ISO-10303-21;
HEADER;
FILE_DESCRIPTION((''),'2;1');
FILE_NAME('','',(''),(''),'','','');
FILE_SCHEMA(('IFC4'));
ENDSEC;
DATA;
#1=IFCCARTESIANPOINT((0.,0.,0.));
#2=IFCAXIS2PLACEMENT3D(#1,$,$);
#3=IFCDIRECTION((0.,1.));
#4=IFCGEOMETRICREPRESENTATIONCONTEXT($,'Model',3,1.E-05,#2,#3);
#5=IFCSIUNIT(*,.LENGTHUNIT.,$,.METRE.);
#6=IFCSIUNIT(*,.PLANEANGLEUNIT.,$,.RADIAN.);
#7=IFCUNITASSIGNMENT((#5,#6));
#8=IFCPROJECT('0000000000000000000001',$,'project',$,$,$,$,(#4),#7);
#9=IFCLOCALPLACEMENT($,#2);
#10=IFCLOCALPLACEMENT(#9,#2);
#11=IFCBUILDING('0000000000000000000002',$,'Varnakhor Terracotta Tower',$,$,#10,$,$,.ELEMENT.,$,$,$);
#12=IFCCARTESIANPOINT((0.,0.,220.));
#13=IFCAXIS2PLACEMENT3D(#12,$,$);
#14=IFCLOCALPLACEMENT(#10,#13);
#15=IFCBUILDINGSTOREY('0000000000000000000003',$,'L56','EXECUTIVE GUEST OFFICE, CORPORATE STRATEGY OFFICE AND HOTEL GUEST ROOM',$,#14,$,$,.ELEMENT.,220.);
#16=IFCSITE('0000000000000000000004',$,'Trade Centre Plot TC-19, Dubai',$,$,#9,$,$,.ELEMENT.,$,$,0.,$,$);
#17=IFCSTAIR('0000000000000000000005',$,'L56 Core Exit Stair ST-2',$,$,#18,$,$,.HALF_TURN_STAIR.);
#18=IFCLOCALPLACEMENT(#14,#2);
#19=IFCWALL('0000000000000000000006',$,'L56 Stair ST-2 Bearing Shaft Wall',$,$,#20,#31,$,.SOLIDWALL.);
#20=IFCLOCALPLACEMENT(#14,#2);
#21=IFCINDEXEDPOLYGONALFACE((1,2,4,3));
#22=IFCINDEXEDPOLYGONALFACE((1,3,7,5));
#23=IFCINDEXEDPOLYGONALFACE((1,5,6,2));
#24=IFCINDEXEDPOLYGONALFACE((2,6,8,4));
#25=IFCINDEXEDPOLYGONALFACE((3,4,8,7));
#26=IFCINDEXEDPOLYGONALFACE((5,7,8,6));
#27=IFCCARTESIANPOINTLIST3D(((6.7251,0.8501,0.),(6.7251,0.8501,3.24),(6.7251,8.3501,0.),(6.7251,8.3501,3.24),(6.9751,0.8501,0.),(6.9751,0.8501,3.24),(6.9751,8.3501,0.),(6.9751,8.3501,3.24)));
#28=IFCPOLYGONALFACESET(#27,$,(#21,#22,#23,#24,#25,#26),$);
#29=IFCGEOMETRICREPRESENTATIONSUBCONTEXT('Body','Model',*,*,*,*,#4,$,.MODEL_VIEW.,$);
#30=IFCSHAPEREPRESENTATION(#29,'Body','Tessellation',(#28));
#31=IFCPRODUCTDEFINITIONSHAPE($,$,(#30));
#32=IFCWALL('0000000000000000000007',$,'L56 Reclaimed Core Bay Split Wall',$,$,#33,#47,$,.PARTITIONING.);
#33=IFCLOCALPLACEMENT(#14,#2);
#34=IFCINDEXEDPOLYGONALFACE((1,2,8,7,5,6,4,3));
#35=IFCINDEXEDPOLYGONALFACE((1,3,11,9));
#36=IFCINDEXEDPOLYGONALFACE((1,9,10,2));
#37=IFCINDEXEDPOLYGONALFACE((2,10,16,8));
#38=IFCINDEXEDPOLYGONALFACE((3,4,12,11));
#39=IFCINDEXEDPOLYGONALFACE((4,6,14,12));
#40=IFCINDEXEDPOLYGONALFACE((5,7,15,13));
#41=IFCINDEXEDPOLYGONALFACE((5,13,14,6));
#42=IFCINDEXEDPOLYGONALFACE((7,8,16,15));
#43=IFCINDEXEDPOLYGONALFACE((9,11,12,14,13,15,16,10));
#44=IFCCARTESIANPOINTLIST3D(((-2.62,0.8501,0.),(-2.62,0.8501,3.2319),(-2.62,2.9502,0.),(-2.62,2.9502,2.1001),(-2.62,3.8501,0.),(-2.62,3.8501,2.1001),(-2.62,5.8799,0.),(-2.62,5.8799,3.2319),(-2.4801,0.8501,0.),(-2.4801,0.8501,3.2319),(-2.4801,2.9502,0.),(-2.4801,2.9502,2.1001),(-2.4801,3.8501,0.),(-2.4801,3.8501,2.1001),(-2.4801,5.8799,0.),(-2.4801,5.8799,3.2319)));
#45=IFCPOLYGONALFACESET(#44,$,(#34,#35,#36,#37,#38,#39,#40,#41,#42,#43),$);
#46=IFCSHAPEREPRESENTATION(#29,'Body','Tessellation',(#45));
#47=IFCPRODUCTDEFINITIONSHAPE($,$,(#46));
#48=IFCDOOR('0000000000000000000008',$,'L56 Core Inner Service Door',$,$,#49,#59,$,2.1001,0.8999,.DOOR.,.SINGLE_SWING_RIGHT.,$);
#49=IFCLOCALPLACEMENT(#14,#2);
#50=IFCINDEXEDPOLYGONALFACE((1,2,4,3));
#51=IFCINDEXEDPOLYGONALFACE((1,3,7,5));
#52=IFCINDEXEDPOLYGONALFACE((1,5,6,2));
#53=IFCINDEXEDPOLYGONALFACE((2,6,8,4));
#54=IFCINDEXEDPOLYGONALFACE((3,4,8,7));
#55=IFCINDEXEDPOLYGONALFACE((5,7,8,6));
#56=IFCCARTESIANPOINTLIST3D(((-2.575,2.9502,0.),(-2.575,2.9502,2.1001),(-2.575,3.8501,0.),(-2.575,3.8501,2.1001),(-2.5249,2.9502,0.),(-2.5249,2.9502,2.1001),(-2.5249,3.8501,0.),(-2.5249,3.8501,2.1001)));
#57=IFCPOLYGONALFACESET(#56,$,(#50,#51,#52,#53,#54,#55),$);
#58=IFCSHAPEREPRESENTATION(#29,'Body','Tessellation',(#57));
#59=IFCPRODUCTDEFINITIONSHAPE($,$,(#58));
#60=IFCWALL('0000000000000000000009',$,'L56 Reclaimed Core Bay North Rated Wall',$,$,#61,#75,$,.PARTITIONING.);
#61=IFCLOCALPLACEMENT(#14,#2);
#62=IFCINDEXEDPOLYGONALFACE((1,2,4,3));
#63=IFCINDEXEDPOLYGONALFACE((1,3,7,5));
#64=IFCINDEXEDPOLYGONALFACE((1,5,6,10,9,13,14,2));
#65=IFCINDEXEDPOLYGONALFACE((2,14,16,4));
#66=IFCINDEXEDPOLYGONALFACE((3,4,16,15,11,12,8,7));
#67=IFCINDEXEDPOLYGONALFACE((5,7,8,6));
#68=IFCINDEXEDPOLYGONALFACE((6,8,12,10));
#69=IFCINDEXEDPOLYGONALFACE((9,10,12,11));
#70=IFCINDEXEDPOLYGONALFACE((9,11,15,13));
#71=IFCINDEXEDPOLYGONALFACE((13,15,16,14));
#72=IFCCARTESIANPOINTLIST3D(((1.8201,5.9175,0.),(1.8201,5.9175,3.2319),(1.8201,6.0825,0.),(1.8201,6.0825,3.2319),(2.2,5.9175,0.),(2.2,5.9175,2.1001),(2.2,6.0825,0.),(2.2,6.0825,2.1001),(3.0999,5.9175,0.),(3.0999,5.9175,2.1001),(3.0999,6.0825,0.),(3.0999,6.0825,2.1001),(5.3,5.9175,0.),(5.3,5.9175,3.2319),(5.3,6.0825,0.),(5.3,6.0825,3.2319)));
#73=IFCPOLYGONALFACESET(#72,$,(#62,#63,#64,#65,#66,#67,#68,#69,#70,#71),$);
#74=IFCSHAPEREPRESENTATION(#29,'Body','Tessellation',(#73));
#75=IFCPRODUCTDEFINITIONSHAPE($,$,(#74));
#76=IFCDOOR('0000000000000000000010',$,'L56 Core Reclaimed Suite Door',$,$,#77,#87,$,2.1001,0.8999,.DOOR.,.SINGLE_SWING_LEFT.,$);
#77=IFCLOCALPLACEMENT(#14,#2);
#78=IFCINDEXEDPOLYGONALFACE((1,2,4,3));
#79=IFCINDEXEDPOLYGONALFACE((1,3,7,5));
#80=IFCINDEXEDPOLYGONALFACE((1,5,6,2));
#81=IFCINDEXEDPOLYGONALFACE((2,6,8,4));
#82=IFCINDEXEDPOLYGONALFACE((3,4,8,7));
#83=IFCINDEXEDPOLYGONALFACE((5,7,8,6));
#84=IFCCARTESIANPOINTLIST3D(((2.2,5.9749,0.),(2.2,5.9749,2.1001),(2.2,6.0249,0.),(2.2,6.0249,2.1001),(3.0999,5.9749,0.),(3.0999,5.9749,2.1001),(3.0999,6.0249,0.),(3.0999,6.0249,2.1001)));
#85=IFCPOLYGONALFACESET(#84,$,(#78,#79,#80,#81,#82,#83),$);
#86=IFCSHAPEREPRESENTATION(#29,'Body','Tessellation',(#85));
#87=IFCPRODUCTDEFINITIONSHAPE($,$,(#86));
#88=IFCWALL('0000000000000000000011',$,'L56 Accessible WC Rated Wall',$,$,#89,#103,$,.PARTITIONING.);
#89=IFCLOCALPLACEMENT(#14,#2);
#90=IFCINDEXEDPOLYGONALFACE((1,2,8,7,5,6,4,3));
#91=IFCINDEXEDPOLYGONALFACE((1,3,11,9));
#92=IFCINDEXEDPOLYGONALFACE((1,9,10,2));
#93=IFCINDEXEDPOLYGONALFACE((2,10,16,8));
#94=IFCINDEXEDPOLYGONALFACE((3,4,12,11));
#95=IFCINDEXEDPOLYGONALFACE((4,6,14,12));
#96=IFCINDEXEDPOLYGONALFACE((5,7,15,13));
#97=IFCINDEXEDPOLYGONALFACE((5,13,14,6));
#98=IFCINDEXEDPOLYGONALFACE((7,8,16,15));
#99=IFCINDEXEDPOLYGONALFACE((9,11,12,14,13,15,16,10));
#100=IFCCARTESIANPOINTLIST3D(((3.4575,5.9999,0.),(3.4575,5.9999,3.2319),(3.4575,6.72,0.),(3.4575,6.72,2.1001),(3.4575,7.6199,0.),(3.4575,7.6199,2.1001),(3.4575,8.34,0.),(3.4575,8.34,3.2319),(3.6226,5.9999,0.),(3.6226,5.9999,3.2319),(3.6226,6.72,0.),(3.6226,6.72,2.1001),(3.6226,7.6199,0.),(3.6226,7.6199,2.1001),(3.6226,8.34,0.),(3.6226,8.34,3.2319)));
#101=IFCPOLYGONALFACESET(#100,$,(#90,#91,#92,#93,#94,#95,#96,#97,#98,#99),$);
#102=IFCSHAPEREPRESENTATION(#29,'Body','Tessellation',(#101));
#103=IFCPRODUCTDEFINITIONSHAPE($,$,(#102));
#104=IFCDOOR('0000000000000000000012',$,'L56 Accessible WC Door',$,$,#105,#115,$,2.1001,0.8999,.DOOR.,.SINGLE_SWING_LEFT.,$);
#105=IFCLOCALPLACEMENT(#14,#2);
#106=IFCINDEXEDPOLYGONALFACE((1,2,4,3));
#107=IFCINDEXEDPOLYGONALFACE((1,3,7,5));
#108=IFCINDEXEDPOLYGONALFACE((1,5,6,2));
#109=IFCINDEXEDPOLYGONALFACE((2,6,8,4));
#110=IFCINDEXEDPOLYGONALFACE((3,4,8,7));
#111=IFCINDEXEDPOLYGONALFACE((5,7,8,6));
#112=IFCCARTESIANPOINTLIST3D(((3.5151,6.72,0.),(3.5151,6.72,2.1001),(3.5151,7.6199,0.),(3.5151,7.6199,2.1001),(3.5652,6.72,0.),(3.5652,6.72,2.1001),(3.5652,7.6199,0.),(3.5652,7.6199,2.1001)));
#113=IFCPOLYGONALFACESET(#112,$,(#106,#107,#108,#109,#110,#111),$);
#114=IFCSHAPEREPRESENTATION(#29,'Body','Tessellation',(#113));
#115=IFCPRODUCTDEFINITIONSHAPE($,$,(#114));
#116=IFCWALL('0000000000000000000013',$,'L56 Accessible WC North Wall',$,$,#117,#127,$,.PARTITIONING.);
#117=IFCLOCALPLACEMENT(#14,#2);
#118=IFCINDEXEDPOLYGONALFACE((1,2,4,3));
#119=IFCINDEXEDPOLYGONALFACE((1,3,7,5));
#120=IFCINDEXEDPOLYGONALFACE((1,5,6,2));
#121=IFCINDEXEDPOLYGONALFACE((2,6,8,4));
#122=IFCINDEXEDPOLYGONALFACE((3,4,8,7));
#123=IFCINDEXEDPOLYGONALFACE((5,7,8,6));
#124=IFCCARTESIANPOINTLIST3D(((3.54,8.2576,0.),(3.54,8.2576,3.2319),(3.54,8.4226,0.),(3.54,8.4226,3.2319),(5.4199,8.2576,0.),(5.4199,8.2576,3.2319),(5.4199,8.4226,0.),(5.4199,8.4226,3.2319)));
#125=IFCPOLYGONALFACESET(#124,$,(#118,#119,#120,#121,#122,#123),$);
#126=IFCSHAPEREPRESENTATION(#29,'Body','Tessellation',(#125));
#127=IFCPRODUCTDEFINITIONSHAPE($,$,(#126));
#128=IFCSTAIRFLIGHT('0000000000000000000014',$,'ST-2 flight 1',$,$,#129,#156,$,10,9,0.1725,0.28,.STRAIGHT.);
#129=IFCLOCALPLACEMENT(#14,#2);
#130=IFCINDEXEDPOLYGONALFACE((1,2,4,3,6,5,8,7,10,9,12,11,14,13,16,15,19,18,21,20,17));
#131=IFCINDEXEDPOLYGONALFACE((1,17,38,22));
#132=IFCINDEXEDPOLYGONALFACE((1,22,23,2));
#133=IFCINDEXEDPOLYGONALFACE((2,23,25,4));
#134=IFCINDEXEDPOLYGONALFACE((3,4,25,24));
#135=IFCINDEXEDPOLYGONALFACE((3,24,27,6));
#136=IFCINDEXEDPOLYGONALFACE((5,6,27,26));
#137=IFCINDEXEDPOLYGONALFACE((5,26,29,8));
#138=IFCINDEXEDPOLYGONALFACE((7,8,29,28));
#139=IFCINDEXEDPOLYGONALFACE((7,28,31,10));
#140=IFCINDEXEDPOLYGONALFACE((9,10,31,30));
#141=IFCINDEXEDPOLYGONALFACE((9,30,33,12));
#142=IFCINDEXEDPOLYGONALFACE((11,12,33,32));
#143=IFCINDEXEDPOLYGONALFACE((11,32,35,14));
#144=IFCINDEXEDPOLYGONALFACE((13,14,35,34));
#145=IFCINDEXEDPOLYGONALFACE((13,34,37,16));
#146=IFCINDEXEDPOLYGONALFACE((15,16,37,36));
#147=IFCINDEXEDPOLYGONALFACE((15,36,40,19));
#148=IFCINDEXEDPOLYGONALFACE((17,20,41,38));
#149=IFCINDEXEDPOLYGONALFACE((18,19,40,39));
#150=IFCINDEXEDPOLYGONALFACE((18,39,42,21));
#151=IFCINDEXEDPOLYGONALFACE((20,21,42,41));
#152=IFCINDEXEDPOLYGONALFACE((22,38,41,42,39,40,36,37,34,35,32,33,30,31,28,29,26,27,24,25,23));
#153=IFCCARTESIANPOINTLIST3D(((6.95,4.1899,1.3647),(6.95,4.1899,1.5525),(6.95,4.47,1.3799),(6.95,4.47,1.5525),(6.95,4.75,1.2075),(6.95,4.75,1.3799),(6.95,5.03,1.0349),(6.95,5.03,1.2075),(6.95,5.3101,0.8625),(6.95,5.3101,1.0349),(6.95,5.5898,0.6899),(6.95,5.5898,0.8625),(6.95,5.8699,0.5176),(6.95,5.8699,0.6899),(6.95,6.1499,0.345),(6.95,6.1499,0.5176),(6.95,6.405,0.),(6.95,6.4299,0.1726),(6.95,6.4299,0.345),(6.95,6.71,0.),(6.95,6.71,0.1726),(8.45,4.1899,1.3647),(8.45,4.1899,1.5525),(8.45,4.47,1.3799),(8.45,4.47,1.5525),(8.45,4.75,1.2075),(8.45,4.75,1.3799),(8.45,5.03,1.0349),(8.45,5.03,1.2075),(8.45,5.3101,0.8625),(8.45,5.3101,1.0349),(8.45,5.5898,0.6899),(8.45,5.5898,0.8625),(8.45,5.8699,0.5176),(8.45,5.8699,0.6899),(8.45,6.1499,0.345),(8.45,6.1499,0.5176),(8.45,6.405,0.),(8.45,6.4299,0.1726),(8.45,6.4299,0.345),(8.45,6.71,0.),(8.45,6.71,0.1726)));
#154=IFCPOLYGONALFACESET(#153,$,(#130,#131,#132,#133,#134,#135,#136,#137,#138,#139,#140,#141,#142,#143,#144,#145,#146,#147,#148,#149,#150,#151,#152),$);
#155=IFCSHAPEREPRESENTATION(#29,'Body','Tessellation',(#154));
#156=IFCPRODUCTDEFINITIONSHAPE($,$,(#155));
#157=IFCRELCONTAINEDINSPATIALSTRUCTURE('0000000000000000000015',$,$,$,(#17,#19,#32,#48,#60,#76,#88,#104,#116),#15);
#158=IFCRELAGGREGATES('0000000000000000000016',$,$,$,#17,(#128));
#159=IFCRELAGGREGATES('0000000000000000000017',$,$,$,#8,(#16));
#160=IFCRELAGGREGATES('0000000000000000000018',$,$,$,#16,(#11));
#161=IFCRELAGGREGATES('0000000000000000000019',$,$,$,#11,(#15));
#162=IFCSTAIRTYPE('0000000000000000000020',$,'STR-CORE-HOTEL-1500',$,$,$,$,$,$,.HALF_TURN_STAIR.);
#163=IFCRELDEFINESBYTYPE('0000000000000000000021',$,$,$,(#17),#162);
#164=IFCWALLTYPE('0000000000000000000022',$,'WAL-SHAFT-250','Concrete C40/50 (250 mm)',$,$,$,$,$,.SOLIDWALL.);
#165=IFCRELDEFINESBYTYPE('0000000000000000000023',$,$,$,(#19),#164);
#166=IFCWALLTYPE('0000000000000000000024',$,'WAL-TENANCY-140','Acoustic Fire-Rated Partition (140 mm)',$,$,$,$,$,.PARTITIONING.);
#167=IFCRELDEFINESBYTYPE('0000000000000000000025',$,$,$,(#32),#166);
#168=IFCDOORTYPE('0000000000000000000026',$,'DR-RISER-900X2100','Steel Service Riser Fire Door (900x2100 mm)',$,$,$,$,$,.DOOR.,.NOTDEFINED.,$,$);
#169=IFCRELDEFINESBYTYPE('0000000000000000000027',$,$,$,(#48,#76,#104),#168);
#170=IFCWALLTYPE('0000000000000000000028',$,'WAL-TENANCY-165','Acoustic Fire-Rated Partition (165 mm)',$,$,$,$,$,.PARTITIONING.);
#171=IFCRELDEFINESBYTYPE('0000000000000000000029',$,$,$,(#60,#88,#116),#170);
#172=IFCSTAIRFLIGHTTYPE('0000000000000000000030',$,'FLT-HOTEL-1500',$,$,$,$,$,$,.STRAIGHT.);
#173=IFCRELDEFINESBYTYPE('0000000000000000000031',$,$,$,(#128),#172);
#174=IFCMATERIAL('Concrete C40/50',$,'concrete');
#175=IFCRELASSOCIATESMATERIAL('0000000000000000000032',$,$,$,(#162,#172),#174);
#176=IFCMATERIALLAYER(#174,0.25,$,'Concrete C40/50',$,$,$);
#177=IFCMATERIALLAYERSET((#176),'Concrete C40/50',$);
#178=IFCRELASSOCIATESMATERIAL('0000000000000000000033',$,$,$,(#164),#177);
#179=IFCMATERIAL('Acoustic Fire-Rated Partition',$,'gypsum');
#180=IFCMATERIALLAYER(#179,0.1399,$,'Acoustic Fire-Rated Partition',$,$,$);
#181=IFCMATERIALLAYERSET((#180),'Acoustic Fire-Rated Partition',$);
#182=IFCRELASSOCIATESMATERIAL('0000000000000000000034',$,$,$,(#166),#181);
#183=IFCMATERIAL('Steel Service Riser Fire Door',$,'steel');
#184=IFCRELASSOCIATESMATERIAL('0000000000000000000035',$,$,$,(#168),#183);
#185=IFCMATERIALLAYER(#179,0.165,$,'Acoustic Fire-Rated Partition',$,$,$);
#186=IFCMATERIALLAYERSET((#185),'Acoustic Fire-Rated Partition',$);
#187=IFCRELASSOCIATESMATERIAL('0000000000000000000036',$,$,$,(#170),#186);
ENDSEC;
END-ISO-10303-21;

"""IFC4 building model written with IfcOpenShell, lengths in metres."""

from ifc_helpers import new_model, si_unit, direction, frame, frame_2d, origin, place, context, subcontext, project, spatial, polyline, rectangle, outline, extrude, source, transform, mapped, material, layer, layer_set, type_object, type_shapes, element, fill, aggregate, save


model = new_model("IFC4")

# Units and contexts
model_context = context("Model", 3, precision=1e-05, world=origin(), true_north=direction((0.0, 1.0)))
body_context = subcontext(model_context, "Body", "Model", "MODEL_VIEW")
ifc_project = project(units=[si_unit("LENGTHUNIT", "METRE"), si_unit("PLANEANGLEUNIT", "RADIAN")], contexts=[model_context])

# Site, building, storey
site_placement = place(None, origin())
site = spatial("IfcSite", under=ifc_project, at=site_placement, Name="Trade Centre Plot TC-19, Dubai", CompositionType="ELEMENT", RefElevation=0.0)
building_placement = place(site_placement, origin())
building = spatial("IfcBuilding", under=site, at=building_placement, Name="Varnakhor Terracotta Tower", CompositionType="ELEMENT")
storey_placement = place(building_placement, frame((0.0, 0.0, 220.0)))
storey = spatial("IfcBuildingStorey", under=building, at=storey_placement, Name="L56", Description="EXECUTIVE GUEST OFFICE, CORPORATE STRATEGY OFFICE AND HOTEL GUEST ROOM", CompositionType="ELEMENT", Elevation=220.0)

# Shared definitions
ifc_material_1 = material(Name="Concrete C40/50", Category="concrete")

# Stair
stair_type = type_object("IfcStairType", Name="STR-CORE-HOTEL-1500", PredefinedType="HALF_TURN_STAIR", material=ifc_material_1)
stair_1_placement = place(storey_placement, origin())
stair_1 = element("IfcStair", 1, at=stair_1_placement, inside=storey, type_object=stair_type, Name="L56 Core Exit Stair ST-2", PredefinedType="HALF_TURN_STAIR")

# Wall
ifc_layer_1 = layer(ifc_material_1, 0.25, Name="Concrete C40/50")
ifc_layer_set_1 = layer_set([ifc_layer_1], Name="Concrete C40/50")
wall_type_1 = type_object("IfcWallType", Name="WAL-SHAFT-250", Description="Concrete C40/50 (250 mm)", PredefinedType="SOLIDWALL", material=ifc_layer_set_1)
wall_1_placement = place(storey_placement, frame((6.8501, 0.8501, 0.0), z_axis=(0.0, 0.0, 1.0), x_axis=(0.0, 1.0, 0.0)))
element("IfcWall", 2, at=wall_1_placement, inside=storey, type_object=wall_type_1, Name="L56 Stair ST-2 Bearing Shaft Wall", PredefinedType="SOLIDWALL", context=body_context, shape_type="SweptSolid", body=[
    extrude(rectangle(XDim=7.5, YDim=0.25, at=frame_2d((3.75, 0.0))), origin(), (0.0, 0.0, 1.0), 3.24),
])

# Walls, openings, doors
ifc_material_2 = material(Name="Acoustic Fire-Rated Partition", Category="gypsum")
ifc_layer_2 = layer(ifc_material_2, 0.1399, Name="Acoustic Fire-Rated Partition")
ifc_layer_set_2 = layer_set([ifc_layer_2], Name="Acoustic Fire-Rated Partition")
wall_type_2 = type_object("IfcWallType", Name="WAL-TENANCY-140", Description="Acoustic Fire-Rated Partition (140 mm)", PredefinedType="PARTITIONING", material=ifc_layer_set_2)
wall_2_placement = place(storey_placement, frame((-2.55, 0.8501, 0.0), z_axis=(0.0, 0.0, 1.0), x_axis=(0.0, 1.0, 0.0)))
wall_2 = element("IfcWall", 3, at=wall_2_placement, inside=storey, type_object=wall_type_2, Name="L56 Reclaimed Core Bay Split Wall", PredefinedType="PARTITIONING", context=body_context, shape_type="SweptSolid", body=[
    extrude(rectangle(XDim=5.0298, YDim=0.1399, at=frame_2d((2.5149, 0.0))), origin(), (0.0, 0.0, 1.0), 3.2319),
])
opening_1_placement = place(wall_2_placement, frame((2.1001, 0.0, 0.0)))
opening_1 = element("IfcOpeningElement", 4, at=opening_1_placement, cuts=wall_2, PredefinedType="OPENING", context=body_context, shape_type="SweptSolid", body=[
    extrude(rectangle(XDim=0.8999, YDim=2.1001, at=frame_2d((0.45, 1.05))), frame((0.0, 0.0801, 0.0), z_axis=(0.0, -1.0, 0.0), x_axis=(1.0, 0.0, 0.0)), (0.0, 0.0, 1.0), 0.1599),
])
ifc_material_3 = material(Name="Steel Service Riser Fire Door", Category="steel")
door_type_1 = type_object("IfcDoorType", Name="DR-RISER-900X2100", Description="Steel Service Riser Fire Door (900x2100 mm)", OperationType="NOTDEFINED", PredefinedType="DOOR", material=ifc_material_3)
shared_shape_1 = source(origin(), body_context, "Body", "SweptSolid", [
    extrude(rectangle(XDim=0.8999, YDim=2.1001, at=frame_2d((0.45, 1.05))), frame((0.0, 0.0249, 0.0), z_axis=(0.0, -1.0, 0.0), x_axis=(1.0, 0.0, 0.0)), (0.0, 0.0, 1.0), 0.05),
])
type_shapes(door_type_1, [shared_shape_1])
door_1_placement = place(opening_1_placement, origin())
door_1 = element("IfcDoor", 5, at=door_1_placement, inside=storey, type_object=door_type_1, Name="L56 Core Inner Service Door", OperationType="SINGLE_SWING_RIGHT", OverallHeight=2.1001, OverallWidth=0.8999, PredefinedType="DOOR", context=body_context, shape_type="MappedRepresentation", body=[
    mapped(shared_shape_1, transform((0.0, 0.0, 0.0), scale=1.0)),
])
fill(opening_1, door_1)
ifc_layer_3 = layer(ifc_material_2, 0.165, Name="Acoustic Fire-Rated Partition")
ifc_layer_set_3 = layer_set([ifc_layer_3], Name="Acoustic Fire-Rated Partition")
wall_type_3 = type_object("IfcWallType", Name="WAL-TENANCY-165", Description="Acoustic Fire-Rated Partition (165 mm)", PredefinedType="PARTITIONING", material=ifc_layer_set_3)
wall_3_placement = place(storey_placement, frame((1.8201, 6.0, 0.0), z_axis=(0.0, 0.0, 1.0), x_axis=(1.0, 0.0, 0.0)))
wall_3 = element("IfcWall", 6, at=wall_3_placement, inside=storey, type_object=wall_type_3, Name="L56 Reclaimed Core Bay North Rated Wall", PredefinedType="PARTITIONING", context=body_context, shape_type="SweptSolid", body=[
    extrude(rectangle(XDim=3.48, YDim=0.165, at=frame_2d((1.74, 0.0))), origin(), (0.0, 0.0, 1.0), 3.2319),
])
opening_2_placement = place(wall_3_placement, frame((0.3799, 0.0, 0.0)))
opening_2 = element("IfcOpeningElement", 7, at=opening_2_placement, cuts=wall_3, PredefinedType="OPENING", context=body_context, shape_type="SweptSolid", body=[
    extrude(rectangle(XDim=0.8999, YDim=2.1001, at=frame_2d((0.45, 1.05))), frame((0.0, 0.0925, 0.0), z_axis=(0.0, -1.0, 0.0), x_axis=(1.0, 0.0, 0.0)), (0.0, 0.0, 1.0), 0.1851),
])
door_2_placement = place(opening_2_placement, origin())
door_2 = element("IfcDoor", 8, at=door_2_placement, inside=storey, type_object=door_type_1, Name="L56 Core Reclaimed Suite Door", OperationType="SINGLE_SWING_LEFT", OverallHeight=2.1001, OverallWidth=0.8999, PredefinedType="DOOR", context=body_context, shape_type="MappedRepresentation", body=[
    mapped(shared_shape_1, transform((0.0, 0.0, 0.0), scale=1.0)),
])
fill(opening_2, door_2)
wall_4_placement = place(storey_placement, frame((3.54, 6.0, 0.0), z_axis=(0.0, 0.0, 1.0), x_axis=(0.0, 1.0, 0.0)))
wall_4 = element("IfcWall", 9, at=wall_4_placement, inside=storey, type_object=wall_type_3, Name="L56 Accessible WC Rated Wall", PredefinedType="PARTITIONING", context=body_context, shape_type="SweptSolid", body=[
    extrude(rectangle(XDim=2.3401, YDim=0.165, at=frame_2d((1.1699, 0.0))), origin(), (0.0, 0.0, 1.0), 3.2319),
])
opening_3_placement = place(wall_4_placement, frame((0.72, 0.0, 0.0)))
opening_3 = element("IfcOpeningElement", 10, at=opening_3_placement, cuts=wall_4, PredefinedType="OPENING", context=body_context, shape_type="SweptSolid", body=[
    extrude(rectangle(XDim=0.8999, YDim=2.1001, at=frame_2d((0.45, 1.05))), frame((0.0, 0.0925, 0.0), z_axis=(0.0, -1.0, 0.0), x_axis=(1.0, 0.0, 0.0)), (0.0, 0.0, 1.0), 0.1851),
])
door_3_placement = place(opening_3_placement, origin())
door_3 = element("IfcDoor", 11, at=door_3_placement, inside=storey, type_object=door_type_1, Name="L56 Accessible WC Door", OperationType="SINGLE_SWING_LEFT", OverallHeight=2.1001, OverallWidth=0.8999, PredefinedType="DOOR", context=body_context, shape_type="MappedRepresentation", body=[
    mapped(shared_shape_1, transform((0.0, 0.0, 0.0), scale=1.0)),
])
fill(opening_3, door_3)

# Wall
wall_5_placement = place(storey_placement, frame((3.54, 8.3401, 0.0), z_axis=(0.0, 0.0, 1.0), x_axis=(1.0, 0.0, 0.0)))
element("IfcWall", 12, at=wall_5_placement, inside=storey, type_object=wall_type_3, Name="L56 Accessible WC North Wall", PredefinedType="PARTITIONING", context=body_context, shape_type="SweptSolid", body=[
    extrude(rectangle(XDim=1.8799, YDim=0.165, at=frame_2d((0.9399, 0.0))), origin(), (0.0, 0.0, 1.0), 3.2319),
])

# Stair flight
stair_flight_type = type_object("IfcStairFlightType", Name="FLT-HOTEL-1500", PredefinedType="STRAIGHT", material=ifc_material_1)
stair_flight_placement = place(storey_placement, frame((7.7, 6.71, 0.0), z_axis=(0.0, 0.0, 1.0), x_axis=(0.0, -1.0, 0.0)))
stair_flight = element("IfcStairFlight", 13, at=stair_flight_placement, type_object=stair_flight_type, Name="ST-2 flight 1", NumberOfRisers=10, NumberOfTreads=9, PredefinedType="STRAIGHT", RiserHeight=0.1725, TreadLength=0.28, context=body_context, shape_type="SweptSolid", body=[
    extrude(outline(polyline([(0.0, 0.0), (0.0, 0.1726), (0.28, 0.1726), (0.28, 0.345), (0.5601, 0.345), (0.5601, 0.5176), (0.8401, 0.5176), (0.8401, 0.6899), (1.1201, 0.6899), (1.1201, 0.8625), (1.3999, 0.8625), (1.3999, 1.0349), (1.6799, 1.0349), (1.6799, 1.2075), (1.96, 1.2075), (1.96, 1.3799), (2.24, 1.3799), (2.24, 1.5525), (2.52, 1.5525), (2.52, 1.7251), (2.52, 1.3647), (0.3049, 0.0), (0.0, 0.0)])), frame((0.0, 0.75, 0.0), z_axis=(0.0, -1.0, 0.0), x_axis=(1.0, 0.0, 0.0)), (0.0, 0.0, 1.0), 1.5),
])
aggregate(stair_1, [stair_flight])

save(model, "model.ifc")
